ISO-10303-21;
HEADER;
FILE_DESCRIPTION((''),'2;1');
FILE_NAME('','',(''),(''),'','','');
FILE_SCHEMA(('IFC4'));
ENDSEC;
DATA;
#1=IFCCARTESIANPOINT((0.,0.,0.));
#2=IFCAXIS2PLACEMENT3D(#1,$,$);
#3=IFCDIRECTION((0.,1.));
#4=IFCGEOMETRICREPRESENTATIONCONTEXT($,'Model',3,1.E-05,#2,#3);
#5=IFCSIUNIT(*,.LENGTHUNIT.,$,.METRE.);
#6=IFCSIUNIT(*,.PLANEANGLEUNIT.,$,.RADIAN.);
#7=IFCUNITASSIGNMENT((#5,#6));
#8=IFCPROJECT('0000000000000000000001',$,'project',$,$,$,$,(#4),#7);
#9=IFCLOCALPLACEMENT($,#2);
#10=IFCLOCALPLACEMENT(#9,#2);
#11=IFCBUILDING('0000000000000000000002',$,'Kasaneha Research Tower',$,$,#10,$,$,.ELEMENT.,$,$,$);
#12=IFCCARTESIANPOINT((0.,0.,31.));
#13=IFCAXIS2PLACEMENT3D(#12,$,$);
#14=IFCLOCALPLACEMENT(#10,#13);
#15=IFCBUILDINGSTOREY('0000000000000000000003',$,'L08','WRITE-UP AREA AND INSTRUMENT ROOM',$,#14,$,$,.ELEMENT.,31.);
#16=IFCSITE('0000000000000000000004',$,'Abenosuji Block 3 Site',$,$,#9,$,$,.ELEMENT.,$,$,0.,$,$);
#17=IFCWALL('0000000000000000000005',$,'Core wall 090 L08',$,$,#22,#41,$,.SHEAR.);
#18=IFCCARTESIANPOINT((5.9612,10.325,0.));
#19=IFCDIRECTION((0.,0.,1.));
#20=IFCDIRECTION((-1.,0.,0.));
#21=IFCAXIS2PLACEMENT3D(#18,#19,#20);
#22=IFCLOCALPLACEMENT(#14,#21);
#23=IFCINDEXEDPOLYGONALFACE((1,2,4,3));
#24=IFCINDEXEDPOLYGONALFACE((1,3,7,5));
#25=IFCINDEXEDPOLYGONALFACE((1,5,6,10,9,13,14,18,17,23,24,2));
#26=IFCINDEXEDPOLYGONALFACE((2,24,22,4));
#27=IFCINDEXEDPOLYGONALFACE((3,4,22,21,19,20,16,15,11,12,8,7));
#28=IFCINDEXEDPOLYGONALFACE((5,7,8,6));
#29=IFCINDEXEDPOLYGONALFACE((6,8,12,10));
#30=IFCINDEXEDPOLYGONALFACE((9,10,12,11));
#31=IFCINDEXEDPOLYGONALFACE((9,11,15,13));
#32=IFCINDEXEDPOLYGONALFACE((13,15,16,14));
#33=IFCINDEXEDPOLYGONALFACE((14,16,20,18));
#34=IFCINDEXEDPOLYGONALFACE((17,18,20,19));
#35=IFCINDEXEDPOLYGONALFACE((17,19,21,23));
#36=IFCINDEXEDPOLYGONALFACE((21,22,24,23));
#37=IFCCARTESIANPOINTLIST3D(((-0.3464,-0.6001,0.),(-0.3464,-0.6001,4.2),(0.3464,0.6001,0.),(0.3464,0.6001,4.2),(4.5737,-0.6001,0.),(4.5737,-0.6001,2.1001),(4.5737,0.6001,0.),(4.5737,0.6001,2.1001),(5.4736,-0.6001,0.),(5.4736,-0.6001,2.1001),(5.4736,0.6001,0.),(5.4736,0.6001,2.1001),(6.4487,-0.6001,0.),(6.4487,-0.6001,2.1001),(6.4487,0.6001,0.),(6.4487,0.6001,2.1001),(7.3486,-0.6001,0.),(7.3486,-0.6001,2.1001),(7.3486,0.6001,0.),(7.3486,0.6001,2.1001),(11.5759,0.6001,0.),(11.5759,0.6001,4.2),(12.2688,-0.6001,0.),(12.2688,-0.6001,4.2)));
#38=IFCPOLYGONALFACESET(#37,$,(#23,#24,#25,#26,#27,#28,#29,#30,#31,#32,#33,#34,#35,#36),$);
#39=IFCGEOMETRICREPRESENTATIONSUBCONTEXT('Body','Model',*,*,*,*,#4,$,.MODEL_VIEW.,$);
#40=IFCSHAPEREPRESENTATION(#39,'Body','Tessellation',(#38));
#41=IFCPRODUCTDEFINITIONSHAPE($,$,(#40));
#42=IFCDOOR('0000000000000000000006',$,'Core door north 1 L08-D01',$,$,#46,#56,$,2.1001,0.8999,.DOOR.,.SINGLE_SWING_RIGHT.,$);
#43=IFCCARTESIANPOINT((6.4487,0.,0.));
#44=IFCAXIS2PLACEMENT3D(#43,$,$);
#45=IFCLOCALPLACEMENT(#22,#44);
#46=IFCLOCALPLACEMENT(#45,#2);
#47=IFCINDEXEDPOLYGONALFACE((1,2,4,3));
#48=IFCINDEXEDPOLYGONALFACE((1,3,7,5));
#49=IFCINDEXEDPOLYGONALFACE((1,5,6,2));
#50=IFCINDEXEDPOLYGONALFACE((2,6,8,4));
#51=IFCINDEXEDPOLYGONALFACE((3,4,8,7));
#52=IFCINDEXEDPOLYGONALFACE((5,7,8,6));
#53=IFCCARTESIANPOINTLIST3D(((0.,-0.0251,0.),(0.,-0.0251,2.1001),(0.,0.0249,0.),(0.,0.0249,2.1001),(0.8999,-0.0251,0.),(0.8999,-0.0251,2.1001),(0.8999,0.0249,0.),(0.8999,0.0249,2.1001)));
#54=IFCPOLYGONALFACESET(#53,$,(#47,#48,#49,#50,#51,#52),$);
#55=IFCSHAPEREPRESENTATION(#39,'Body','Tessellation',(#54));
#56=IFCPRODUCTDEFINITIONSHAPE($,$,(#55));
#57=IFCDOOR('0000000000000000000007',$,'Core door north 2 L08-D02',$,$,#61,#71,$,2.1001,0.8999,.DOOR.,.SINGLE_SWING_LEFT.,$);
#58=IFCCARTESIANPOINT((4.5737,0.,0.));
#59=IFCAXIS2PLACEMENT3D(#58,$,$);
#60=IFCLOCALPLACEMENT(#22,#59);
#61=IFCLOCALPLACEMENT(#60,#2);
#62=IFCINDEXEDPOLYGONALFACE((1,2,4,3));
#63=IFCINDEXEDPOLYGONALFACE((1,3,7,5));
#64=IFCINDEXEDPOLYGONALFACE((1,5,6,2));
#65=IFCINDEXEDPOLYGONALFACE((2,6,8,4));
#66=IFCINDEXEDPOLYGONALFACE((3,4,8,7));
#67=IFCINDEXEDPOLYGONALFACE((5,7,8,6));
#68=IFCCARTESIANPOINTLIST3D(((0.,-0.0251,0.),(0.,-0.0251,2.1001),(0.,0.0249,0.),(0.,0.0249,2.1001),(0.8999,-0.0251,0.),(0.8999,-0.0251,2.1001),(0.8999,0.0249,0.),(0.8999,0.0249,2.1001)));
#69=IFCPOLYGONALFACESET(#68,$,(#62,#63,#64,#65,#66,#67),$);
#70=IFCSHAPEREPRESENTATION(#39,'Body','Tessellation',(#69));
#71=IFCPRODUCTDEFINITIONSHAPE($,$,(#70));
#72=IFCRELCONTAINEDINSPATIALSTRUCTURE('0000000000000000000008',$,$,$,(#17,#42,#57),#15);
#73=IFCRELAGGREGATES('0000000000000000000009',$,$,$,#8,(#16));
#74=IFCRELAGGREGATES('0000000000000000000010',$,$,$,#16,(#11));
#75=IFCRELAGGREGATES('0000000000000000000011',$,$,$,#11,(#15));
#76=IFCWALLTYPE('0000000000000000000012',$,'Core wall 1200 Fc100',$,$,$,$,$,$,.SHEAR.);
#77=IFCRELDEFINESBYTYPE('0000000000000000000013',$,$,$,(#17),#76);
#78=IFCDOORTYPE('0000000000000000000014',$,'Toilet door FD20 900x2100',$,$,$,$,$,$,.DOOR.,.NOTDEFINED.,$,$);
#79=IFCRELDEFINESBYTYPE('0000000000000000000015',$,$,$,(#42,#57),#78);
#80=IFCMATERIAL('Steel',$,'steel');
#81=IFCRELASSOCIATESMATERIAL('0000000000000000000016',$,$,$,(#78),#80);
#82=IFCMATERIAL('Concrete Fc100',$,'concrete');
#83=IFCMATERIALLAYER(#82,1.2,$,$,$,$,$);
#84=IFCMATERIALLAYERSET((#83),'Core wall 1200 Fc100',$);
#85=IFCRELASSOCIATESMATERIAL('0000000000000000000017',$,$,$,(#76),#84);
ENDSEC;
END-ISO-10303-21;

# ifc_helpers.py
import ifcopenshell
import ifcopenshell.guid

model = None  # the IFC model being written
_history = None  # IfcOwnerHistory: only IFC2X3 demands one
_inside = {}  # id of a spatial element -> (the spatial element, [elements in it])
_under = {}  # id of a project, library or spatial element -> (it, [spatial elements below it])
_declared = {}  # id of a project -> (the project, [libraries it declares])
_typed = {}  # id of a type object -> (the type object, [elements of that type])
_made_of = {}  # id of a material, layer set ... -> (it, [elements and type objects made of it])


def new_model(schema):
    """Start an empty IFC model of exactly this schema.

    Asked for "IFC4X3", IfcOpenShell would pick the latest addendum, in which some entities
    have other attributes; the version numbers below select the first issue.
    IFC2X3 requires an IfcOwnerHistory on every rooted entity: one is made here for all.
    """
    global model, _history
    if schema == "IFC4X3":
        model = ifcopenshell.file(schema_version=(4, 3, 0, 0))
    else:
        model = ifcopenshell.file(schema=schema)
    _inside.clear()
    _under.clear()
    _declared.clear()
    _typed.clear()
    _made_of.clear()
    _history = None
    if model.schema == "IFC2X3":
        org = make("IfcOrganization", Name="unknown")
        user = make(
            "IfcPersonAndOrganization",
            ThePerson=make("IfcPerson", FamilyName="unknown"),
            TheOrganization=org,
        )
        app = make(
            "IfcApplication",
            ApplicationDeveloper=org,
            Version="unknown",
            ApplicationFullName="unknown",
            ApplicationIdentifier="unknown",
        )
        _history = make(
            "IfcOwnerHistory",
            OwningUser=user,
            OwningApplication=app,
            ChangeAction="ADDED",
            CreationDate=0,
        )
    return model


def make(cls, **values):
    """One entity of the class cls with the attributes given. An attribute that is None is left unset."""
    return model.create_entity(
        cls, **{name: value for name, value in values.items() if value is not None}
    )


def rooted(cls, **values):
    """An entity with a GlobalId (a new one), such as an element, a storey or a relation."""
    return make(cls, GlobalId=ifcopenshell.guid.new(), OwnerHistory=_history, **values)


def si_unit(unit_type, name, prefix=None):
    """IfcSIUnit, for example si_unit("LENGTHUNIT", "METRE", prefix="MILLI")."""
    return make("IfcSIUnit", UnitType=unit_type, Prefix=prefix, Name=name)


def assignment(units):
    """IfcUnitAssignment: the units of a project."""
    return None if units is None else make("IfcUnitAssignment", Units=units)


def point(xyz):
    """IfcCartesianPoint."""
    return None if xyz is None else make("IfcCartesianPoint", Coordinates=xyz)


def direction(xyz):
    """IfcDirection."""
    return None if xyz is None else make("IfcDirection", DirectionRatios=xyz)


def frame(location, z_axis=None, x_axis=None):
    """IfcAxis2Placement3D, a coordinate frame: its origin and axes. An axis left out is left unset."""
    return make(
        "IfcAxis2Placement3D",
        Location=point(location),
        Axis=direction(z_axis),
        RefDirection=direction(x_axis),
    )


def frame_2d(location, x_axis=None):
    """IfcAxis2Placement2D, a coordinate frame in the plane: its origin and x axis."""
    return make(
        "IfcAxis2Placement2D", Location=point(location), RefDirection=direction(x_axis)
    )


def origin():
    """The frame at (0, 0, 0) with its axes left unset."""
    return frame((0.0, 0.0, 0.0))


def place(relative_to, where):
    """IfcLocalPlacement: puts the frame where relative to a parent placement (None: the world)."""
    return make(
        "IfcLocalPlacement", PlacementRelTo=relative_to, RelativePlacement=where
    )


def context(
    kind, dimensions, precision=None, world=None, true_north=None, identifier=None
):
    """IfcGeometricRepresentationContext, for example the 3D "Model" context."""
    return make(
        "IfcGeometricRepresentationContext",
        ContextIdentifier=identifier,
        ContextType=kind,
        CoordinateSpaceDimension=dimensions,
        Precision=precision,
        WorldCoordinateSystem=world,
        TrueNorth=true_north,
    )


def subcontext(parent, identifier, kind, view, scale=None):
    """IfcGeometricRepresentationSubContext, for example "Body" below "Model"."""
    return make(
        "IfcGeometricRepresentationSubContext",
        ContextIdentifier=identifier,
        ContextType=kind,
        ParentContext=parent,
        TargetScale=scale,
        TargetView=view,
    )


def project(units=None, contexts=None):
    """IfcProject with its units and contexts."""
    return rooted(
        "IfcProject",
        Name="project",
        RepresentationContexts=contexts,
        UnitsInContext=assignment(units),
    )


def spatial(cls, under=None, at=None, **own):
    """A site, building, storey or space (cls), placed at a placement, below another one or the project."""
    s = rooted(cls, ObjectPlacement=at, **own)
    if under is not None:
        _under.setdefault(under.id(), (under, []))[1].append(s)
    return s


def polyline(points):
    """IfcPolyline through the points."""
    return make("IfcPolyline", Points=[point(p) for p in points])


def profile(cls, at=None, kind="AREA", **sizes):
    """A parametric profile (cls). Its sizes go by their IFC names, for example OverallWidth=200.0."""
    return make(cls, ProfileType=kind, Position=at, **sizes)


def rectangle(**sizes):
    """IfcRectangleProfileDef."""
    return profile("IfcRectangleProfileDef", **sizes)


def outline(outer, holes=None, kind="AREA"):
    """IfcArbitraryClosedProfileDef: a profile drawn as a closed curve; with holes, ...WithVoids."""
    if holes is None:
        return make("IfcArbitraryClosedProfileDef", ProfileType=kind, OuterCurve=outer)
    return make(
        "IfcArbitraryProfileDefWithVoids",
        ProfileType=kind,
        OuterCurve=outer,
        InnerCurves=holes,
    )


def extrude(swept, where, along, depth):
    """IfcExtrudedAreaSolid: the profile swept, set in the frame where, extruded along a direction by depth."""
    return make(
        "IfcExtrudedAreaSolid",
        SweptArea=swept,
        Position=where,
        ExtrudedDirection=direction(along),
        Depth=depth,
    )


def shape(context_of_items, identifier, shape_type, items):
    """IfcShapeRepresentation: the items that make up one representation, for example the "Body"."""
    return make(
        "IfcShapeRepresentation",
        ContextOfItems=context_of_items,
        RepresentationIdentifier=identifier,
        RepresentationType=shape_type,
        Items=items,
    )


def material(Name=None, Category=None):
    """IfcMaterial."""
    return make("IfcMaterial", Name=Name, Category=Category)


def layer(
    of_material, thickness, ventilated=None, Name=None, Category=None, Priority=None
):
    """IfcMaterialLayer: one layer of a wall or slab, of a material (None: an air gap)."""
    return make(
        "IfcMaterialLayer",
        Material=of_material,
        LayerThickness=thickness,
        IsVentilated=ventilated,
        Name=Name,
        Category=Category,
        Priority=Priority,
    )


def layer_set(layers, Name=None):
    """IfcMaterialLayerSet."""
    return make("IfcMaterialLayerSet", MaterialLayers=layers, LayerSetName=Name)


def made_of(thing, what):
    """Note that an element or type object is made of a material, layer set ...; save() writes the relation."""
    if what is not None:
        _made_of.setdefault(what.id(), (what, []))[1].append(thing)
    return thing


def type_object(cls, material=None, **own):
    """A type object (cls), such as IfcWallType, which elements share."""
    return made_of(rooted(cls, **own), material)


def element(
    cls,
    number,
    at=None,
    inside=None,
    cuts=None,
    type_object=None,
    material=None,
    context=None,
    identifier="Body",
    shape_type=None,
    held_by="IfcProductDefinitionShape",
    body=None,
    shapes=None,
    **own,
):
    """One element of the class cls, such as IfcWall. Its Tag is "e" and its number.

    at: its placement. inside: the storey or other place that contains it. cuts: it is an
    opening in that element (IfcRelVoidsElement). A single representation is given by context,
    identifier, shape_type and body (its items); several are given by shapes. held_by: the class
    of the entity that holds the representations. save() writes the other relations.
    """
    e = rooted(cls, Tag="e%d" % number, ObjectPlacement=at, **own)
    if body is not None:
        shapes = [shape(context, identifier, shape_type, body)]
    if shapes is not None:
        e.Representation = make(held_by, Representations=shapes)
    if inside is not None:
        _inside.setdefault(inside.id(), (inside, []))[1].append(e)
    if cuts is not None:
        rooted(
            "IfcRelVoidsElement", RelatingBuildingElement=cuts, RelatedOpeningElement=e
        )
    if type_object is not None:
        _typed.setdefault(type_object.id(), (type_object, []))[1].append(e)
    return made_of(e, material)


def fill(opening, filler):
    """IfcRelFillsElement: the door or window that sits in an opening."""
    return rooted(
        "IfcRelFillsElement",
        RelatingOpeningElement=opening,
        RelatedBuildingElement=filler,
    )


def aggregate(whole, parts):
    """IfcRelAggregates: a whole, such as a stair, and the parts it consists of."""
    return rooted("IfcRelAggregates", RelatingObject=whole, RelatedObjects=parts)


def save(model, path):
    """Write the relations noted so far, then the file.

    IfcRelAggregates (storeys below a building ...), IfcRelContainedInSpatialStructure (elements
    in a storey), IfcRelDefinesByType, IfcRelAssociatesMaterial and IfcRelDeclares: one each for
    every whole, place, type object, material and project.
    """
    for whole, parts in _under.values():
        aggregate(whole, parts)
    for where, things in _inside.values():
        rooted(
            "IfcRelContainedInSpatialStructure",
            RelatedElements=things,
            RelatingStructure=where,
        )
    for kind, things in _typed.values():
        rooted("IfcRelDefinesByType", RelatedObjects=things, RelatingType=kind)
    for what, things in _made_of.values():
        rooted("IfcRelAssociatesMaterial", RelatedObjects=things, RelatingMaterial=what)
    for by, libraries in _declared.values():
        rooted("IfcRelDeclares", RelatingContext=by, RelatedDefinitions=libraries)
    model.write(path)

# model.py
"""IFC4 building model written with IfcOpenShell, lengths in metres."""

from ifc_helpers import new_model, si_unit, direction, frame, frame_2d, origin, place, context, subcontext, project, spatial, polyline, rectangle, outline, extrude, material, layer, layer_set, type_object, element, fill, save


model = new_model("IFC4")

# Units and contexts
model_context = context("Model", 3, precision=1e-05, world=origin(), true_north=direction((0.0, 1.0)))
body_context = subcontext(model_context, "Body", "Model", "MODEL_VIEW")
ifc_project = project(units=[si_unit("LENGTHUNIT", "METRE"), si_unit("PLANEANGLEUNIT", "RADIAN")], contexts=[model_context])

# Site, building, storey
site_placement = place(None, origin())
site = spatial("IfcSite", under=ifc_project, at=site_placement, Name="Abenosuji Block 3 Site", CompositionType="ELEMENT", RefElevation=0.0)
building_placement = place(site_placement, origin())
building = spatial("IfcBuilding", under=site, at=building_placement, Name="Kasaneha Research Tower", CompositionType="ELEMENT")
storey_placement = place(building_placement, frame((0.0, 0.0, 31.0)))
storey = spatial("IfcBuildingStorey", under=building, at=storey_placement, Name="L08", Description="WRITE-UP AREA AND INSTRUMENT ROOM", CompositionType="ELEMENT", Elevation=31.0)

# Shared definitions
ifc_material_1 = material(Name="Steel", Category="steel")
door_type_1 = type_object("IfcDoorType", Name="Toilet door FD20 900x2100", OperationType="NOTDEFINED", PredefinedType="DOOR", material=ifc_material_1)

# Wall, openings, doors
ifc_material_2 = material(Name="Concrete Fc100", Category="concrete")
ifc_layer_1 = layer(ifc_material_2, 1.2)
ifc_layer_set_1 = layer_set([ifc_layer_1], Name="Core wall 1200 Fc100")
wall_type_1 = type_object("IfcWallType", Name="Core wall 1200 Fc100", PredefinedType="SHEAR", material=ifc_layer_set_1)
wall_1_placement = place(storey_placement, frame((5.9612, 10.325, 0.0), z_axis=(0.0, 0.0, 1.0), x_axis=(-1.0, 0.0, 0.0)))
wall_1 = element("IfcWall", 1, at=wall_1_placement, inside=storey, type_object=wall_type_1, Name="Core wall 090 L08", PredefinedType="SHEAR", context=body_context, shape_type="SweptSolid", body=[
    extrude(outline(polyline([(-0.3464, -0.6001), (4.5737, -0.6001), (5.4736, -0.6001), (6.4487, -0.6001), (7.3486, -0.6001), (12.2688, -0.6001), (11.5759, 0.6001), (7.3486, 0.6001), (6.4487, 0.6001), (5.4736, 0.6001), (4.5737, 0.6001), (0.3464, 0.6001), (-0.3464, -0.6001)])), origin(), (0.0, 0.0, 1.0), 4.2),
])
opening_1_placement = place(wall_1_placement, frame((6.4487, 0.0, 0.0)))
opening_1 = element("IfcOpeningElement", 2, at=opening_1_placement, cuts=wall_1, PredefinedType="OPENING", context=body_context, shape_type="SweptSolid", body=[
    extrude(rectangle(XDim=0.8999, YDim=2.1001, at=frame_2d((0.45, 1.05))), frame((0.0, 0.6099, 0.0), z_axis=(0.0, -1.0, 0.0), x_axis=(1.0, 0.0, 0.0)), (0.0, 0.0, 1.0), 1.22),
])
opening_2_placement = place(wall_1_placement, frame((4.5737, 0.0, 0.0)))
opening_2 = element("IfcOpeningElement", 3, at=opening_2_placement, cuts=wall_1, PredefinedType="OPENING", context=body_context, shape_type="SweptSolid", body=[
    extrude(rectangle(XDim=0.8999, YDim=2.1001, at=frame_2d((0.45, 1.05))), frame((0.0, 0.6099, 0.0), z_axis=(0.0, -1.0, 0.0), x_axis=(1.0, 0.0, 0.0)), (0.0, 0.0, 1.0), 1.22),
])
door_1_placement = place(opening_1_placement, origin())
door_1 = element("IfcDoor", 4, at=door_1_placement, inside=storey, type_object=door_type_1, Name="Core door north 1 L08-D01", OperationType="SINGLE_SWING_RIGHT", OverallHeight=2.1001, OverallWidth=0.8999, PredefinedType="DOOR", context=body_context, shape_type="SweptSolid", body=[
    extrude(rectangle(XDim=0.8999, YDim=2.1001, at=frame_2d((0.45, 1.05))), frame((0.0, 0.0249, 0.0), z_axis=(0.0, -1.0, 0.0), x_axis=(1.0, 0.0, 0.0)), (0.0, 0.0, 1.0), 0.05),
])
fill(opening_1, door_1)
door_2_placement = place(opening_2_placement, origin())
door_2 = element("IfcDoor", 5, at=door_2_placement, inside=storey, type_object=door_type_1, Name="Core door north 2 L08-D02", OperationType="SINGLE_SWING_LEFT", OverallHeight=2.1001, OverallWidth=0.8999, PredefinedType="DOOR", context=body_context, shape_type="SweptSolid", body=[
    extrude(rectangle(XDim=0.8999, YDim=2.1001, at=frame_2d((0.45, 1.05))), frame((0.0, 0.0249, 0.0), z_axis=(0.0, -1.0, 0.0), x_axis=(1.0, 0.0, 0.0)), (0.0, 0.0, 1.0), 0.05),
])
fill(opening_2, door_2)

save(model, "model.ifc")
